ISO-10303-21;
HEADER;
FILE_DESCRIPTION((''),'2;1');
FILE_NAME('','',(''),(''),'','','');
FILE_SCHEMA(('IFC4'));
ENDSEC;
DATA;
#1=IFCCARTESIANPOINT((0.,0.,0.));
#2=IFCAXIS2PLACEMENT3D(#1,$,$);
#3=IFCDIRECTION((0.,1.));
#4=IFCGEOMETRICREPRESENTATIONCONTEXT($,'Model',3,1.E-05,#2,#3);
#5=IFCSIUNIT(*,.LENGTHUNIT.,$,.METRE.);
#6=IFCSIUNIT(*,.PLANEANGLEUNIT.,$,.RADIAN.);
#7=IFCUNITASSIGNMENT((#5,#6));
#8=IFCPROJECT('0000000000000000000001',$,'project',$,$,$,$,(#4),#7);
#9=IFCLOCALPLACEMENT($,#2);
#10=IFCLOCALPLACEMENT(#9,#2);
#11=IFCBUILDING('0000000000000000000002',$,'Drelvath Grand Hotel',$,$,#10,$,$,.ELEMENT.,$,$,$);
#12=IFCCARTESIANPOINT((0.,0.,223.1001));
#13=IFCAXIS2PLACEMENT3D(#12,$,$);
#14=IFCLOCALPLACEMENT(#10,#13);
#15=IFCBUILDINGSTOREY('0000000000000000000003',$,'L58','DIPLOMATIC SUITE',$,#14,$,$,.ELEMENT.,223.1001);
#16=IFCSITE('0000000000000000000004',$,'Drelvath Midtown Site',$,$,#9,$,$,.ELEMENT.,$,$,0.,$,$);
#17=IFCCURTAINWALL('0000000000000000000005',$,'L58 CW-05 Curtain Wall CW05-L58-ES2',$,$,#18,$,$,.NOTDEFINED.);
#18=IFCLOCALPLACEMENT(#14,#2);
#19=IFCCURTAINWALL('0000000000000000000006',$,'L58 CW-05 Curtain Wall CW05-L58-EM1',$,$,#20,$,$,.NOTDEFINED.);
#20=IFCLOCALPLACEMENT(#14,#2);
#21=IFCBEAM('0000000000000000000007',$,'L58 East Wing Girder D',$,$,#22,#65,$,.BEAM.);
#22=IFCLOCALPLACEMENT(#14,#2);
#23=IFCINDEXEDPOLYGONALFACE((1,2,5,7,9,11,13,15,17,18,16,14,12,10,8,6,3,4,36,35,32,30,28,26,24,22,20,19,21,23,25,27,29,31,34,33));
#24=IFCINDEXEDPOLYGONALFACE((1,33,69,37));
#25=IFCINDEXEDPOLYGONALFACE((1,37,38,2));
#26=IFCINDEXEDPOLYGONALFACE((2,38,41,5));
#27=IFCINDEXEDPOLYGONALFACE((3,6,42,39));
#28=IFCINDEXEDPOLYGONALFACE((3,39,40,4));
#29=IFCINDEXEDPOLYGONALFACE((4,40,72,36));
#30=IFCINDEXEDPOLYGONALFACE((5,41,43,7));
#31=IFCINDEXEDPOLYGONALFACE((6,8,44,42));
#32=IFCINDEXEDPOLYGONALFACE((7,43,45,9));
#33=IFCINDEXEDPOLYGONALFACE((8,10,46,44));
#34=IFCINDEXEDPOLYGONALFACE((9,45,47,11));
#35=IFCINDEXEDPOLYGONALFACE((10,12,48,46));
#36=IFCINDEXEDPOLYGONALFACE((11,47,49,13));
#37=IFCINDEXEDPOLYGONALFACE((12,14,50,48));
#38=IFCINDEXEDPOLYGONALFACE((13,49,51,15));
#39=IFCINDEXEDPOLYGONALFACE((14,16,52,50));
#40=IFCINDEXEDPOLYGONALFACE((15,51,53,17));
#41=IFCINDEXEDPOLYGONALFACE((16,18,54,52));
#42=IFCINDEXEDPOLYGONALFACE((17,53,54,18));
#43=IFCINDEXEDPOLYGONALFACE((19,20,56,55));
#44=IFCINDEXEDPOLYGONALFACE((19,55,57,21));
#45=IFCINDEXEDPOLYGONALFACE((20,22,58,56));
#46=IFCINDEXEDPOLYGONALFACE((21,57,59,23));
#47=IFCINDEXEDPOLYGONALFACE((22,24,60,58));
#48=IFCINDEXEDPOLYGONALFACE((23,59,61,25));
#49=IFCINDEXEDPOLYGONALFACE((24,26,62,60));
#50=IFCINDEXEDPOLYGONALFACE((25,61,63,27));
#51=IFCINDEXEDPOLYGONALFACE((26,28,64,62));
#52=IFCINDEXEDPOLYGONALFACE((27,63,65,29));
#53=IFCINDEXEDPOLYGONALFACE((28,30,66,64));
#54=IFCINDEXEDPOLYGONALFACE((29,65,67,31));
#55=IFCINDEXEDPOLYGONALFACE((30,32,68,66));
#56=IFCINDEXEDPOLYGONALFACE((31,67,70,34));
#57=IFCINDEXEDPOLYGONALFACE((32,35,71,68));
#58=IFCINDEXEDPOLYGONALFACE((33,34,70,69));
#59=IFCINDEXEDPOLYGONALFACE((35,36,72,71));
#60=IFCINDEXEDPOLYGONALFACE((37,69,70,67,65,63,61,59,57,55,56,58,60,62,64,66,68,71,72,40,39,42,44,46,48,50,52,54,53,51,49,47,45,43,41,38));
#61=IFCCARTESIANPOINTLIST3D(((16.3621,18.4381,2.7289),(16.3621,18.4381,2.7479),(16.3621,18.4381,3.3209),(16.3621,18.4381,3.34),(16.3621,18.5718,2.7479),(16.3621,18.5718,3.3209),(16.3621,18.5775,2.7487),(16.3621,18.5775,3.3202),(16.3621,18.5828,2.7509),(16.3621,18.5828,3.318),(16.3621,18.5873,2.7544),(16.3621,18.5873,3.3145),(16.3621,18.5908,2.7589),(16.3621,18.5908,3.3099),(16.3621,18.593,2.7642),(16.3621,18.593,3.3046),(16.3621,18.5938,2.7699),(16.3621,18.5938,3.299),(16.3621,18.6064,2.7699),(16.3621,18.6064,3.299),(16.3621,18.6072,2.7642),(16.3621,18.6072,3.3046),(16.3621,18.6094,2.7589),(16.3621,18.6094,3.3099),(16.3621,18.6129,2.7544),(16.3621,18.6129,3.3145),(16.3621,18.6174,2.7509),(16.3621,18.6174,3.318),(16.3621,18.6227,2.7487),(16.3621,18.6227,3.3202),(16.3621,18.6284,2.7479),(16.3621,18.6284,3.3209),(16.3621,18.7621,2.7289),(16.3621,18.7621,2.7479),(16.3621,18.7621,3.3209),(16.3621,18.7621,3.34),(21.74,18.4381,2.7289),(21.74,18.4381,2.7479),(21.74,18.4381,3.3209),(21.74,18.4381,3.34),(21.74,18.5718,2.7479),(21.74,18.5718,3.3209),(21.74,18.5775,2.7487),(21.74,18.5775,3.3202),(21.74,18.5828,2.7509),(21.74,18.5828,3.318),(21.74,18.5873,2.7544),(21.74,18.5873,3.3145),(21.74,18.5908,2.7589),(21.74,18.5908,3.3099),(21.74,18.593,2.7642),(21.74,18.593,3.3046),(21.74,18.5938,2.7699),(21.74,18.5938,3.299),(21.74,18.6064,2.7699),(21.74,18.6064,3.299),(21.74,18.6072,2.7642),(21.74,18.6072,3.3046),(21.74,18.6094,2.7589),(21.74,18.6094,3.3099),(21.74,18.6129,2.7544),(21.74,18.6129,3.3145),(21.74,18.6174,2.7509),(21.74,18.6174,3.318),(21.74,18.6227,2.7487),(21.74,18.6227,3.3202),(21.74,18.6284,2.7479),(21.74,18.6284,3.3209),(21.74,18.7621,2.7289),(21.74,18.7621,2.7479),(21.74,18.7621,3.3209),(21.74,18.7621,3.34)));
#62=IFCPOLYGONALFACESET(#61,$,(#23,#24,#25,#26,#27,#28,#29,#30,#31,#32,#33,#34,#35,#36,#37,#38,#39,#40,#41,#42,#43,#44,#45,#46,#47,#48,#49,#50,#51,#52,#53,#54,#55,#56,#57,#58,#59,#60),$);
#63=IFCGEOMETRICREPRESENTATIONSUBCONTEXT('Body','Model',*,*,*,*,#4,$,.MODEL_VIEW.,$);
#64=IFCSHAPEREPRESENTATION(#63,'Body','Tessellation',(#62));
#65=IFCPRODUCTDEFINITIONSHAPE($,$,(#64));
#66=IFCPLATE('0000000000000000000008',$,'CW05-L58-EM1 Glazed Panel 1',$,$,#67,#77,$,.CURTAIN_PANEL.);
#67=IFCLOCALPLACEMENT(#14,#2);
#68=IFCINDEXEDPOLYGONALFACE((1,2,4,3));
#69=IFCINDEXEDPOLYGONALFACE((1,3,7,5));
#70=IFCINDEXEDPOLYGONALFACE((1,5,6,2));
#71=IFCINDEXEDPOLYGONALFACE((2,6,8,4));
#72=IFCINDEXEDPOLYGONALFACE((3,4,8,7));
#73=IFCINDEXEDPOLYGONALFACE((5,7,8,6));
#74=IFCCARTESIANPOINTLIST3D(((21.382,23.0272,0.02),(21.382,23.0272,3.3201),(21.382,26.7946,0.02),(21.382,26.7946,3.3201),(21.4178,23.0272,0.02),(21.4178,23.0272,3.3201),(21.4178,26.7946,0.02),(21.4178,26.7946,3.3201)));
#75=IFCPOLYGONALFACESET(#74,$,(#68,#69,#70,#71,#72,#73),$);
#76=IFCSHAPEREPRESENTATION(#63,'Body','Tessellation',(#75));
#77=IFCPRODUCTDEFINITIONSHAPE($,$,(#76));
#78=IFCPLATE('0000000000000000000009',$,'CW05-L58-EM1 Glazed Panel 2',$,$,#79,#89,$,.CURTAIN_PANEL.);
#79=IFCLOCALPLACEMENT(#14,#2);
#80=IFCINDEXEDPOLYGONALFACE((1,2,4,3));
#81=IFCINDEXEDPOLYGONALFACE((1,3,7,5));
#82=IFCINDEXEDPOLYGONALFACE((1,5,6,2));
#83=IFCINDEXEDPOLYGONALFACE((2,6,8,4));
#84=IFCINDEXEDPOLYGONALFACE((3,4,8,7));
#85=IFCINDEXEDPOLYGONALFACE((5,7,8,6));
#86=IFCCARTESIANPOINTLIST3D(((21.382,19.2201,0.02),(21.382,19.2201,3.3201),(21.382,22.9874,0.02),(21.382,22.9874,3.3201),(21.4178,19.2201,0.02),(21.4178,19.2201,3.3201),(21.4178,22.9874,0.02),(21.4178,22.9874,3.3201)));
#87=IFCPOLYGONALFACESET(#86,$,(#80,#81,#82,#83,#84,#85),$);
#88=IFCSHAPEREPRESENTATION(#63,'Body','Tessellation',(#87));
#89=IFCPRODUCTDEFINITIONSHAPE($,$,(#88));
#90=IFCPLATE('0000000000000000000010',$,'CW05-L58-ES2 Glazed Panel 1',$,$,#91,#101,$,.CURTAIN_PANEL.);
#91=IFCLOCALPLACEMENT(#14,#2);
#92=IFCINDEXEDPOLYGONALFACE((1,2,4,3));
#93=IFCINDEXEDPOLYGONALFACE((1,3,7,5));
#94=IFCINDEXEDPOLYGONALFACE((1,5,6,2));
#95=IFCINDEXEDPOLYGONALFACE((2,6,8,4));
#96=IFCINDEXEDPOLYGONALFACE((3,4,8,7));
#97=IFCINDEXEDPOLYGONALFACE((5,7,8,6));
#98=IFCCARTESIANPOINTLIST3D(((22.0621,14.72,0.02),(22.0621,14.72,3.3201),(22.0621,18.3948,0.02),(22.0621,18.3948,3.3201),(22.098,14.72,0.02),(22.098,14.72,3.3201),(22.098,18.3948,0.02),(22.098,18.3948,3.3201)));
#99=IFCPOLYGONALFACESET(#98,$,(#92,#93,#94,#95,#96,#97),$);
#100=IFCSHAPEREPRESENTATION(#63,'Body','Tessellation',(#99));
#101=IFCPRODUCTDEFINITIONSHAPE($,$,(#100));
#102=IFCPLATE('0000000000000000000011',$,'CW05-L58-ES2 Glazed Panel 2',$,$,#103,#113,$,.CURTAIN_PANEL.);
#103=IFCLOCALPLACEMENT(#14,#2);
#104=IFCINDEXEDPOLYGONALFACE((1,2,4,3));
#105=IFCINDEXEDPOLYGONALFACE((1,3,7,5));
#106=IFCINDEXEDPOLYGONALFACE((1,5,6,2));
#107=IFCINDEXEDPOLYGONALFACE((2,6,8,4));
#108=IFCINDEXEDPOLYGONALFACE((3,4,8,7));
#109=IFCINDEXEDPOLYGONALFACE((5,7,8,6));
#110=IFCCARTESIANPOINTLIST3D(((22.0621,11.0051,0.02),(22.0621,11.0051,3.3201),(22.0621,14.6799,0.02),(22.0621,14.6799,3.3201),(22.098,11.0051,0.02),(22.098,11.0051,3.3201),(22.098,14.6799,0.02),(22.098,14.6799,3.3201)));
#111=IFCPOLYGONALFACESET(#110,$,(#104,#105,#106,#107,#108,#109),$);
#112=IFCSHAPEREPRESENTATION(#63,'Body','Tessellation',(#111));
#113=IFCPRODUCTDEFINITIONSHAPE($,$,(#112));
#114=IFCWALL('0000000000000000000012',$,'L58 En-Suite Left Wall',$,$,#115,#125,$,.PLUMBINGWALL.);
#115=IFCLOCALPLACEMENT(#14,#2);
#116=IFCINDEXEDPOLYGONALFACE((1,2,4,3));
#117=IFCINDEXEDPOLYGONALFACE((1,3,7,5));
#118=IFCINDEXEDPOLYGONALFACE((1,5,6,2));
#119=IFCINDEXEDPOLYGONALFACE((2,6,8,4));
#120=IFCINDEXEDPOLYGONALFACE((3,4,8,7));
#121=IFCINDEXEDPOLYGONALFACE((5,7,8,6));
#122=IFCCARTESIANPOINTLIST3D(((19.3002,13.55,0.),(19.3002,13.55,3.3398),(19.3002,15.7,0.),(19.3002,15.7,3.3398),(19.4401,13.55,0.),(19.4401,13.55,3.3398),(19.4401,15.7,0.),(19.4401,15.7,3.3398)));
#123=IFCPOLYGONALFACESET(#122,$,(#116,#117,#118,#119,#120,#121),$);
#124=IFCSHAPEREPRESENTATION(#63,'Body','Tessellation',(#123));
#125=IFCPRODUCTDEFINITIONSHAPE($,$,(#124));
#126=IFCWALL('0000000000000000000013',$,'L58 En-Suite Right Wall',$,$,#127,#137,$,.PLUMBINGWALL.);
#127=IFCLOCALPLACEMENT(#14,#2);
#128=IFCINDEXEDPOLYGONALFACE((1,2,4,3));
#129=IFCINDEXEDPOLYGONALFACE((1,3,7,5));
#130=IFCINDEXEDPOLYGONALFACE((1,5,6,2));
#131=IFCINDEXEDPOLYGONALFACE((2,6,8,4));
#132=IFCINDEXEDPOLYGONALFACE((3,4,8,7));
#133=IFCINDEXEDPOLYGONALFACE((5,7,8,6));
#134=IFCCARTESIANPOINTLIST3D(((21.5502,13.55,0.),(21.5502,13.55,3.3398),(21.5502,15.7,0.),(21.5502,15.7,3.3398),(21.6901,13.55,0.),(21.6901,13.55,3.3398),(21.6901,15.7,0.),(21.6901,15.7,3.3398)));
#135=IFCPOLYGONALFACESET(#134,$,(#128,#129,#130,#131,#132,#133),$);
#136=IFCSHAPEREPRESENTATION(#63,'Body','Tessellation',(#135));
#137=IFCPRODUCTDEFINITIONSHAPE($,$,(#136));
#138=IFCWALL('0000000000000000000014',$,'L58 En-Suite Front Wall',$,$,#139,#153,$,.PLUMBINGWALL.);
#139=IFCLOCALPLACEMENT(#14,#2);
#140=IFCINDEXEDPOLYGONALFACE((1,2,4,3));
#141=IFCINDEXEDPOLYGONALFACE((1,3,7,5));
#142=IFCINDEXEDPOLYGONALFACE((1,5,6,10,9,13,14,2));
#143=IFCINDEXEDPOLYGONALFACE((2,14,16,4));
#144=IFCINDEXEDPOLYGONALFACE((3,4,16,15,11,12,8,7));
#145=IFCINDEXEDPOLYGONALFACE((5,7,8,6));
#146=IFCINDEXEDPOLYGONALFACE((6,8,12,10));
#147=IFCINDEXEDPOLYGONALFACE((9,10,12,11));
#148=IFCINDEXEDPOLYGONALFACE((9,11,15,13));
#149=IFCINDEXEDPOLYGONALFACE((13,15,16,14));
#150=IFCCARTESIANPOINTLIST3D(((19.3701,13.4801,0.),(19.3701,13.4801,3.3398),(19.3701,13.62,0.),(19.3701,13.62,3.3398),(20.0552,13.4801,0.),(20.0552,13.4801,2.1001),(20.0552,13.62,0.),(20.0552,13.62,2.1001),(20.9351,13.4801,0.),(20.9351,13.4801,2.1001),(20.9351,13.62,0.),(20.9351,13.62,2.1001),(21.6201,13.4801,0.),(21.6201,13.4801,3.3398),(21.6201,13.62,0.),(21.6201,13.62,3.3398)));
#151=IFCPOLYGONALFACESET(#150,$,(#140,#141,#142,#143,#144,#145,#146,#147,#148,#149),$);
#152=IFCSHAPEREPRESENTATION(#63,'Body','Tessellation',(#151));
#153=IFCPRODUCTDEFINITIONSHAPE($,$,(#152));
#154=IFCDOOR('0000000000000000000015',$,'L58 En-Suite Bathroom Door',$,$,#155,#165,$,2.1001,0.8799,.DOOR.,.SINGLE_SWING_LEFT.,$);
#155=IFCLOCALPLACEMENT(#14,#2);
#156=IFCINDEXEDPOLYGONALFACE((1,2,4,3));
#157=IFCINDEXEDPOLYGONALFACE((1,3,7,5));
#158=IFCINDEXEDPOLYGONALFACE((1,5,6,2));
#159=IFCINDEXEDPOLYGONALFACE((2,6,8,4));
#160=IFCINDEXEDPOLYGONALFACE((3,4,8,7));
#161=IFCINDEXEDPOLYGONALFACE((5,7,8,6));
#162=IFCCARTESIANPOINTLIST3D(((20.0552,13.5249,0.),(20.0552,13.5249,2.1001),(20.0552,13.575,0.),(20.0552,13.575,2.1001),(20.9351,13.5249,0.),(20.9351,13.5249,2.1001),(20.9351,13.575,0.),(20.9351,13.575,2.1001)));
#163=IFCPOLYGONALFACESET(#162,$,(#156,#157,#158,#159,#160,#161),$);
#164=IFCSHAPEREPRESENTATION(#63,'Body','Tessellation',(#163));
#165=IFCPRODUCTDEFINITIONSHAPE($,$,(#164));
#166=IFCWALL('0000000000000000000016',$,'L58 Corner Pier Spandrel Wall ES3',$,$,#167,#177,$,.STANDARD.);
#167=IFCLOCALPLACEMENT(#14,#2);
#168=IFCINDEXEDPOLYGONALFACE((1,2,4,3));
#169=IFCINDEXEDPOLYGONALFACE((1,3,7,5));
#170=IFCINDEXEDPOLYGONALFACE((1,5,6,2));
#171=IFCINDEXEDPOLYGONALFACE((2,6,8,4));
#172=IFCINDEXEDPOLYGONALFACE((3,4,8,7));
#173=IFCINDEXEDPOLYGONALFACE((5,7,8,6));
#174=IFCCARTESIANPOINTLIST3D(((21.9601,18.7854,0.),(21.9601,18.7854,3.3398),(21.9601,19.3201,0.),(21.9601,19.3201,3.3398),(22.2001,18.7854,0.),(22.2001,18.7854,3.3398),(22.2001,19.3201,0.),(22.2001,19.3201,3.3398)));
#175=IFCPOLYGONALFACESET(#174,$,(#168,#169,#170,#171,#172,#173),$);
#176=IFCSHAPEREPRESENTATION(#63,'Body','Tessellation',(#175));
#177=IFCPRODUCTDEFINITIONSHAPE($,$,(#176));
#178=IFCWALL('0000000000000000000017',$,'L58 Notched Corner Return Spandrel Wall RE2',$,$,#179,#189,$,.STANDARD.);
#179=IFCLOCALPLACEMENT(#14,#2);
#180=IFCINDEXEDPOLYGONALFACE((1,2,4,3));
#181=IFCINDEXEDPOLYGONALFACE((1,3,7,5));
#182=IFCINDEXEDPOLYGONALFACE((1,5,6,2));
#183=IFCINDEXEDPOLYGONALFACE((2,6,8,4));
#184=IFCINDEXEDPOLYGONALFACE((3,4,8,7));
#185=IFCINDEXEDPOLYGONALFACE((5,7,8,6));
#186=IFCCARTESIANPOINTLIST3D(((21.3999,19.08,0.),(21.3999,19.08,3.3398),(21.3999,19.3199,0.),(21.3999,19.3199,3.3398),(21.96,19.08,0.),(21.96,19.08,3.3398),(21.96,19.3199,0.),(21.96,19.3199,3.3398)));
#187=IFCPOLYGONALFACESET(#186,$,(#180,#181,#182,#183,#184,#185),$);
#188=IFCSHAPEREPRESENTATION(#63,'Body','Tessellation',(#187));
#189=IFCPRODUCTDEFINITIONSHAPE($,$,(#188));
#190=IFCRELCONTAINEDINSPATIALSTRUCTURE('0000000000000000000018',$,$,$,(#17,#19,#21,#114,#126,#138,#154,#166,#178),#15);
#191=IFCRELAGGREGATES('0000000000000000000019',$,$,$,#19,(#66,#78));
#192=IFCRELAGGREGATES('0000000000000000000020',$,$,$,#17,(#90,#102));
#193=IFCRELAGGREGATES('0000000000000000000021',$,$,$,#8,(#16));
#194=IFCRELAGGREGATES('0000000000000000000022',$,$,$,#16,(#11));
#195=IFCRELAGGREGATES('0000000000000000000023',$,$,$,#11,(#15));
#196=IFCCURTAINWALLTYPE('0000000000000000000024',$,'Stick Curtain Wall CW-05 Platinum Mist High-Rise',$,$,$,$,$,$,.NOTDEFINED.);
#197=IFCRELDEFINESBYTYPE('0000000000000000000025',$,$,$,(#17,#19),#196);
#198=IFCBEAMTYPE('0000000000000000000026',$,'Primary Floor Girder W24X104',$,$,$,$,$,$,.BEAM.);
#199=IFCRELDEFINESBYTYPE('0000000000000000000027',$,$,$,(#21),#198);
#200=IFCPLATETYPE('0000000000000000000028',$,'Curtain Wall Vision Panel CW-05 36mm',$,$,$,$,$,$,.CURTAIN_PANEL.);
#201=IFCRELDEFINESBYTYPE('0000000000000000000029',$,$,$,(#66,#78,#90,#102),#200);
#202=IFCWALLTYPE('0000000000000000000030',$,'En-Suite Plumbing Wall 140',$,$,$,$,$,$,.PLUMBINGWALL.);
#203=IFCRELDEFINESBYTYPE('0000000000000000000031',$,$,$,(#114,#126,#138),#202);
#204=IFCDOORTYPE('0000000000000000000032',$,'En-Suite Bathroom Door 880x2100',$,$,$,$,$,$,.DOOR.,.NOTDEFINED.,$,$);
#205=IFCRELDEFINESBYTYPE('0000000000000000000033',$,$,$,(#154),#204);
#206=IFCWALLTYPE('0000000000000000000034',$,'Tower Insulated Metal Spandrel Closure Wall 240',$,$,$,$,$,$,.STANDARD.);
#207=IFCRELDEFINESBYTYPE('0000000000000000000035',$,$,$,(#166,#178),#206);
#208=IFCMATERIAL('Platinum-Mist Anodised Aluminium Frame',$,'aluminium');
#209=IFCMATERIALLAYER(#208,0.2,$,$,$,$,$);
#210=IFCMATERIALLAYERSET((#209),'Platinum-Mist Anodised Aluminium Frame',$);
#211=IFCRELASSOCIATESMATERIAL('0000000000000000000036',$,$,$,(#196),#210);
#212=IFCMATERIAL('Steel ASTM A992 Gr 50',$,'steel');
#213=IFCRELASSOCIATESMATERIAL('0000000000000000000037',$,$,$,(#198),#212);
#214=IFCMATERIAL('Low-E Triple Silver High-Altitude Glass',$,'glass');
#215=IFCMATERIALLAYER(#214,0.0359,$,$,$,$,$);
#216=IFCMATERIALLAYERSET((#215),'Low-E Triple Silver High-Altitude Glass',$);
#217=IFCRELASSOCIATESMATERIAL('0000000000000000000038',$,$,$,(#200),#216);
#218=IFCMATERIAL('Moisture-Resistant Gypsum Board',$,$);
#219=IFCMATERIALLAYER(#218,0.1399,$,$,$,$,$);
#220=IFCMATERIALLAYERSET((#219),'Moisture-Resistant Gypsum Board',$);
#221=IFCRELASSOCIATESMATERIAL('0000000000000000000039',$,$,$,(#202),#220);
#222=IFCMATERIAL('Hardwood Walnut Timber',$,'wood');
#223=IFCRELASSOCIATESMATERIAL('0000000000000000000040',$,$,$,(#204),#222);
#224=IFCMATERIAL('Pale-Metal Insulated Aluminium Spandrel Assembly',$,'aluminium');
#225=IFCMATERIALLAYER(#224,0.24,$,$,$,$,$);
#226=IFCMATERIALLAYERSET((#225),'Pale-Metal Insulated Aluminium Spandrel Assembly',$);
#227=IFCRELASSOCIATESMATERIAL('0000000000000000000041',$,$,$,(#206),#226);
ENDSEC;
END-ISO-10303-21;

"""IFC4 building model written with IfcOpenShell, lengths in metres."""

from ifc_helpers import new_model, si_unit, direction, frame, frame_2d, origin, origin_2d, place, context, subcontext, project, spatial, rectangle, i_section, extrude, material, layer, layer_set, material_profile, profile_set, type_object, element, fill, aggregate, save


model = new_model("IFC4")

# Units and contexts
model_context = context("Model", 3, precision=1e-05, world=origin(), true_north=direction((0.0, 1.0)))
body_context = subcontext(model_context, "Body", "Model", "MODEL_VIEW")
ifc_project = project(units=[si_unit("LENGTHUNIT", "METRE"), si_unit("PLANEANGLEUNIT", "RADIAN")], contexts=[model_context])

# Site, building, storey
site_placement = place(None, origin())
site = spatial("IfcSite", under=ifc_project, at=site_placement, Name="Drelvath Midtown Site", CompositionType="ELEMENT", RefElevation=0.0)
building_placement = place(site_placement, origin())
building = spatial("IfcBuilding", under=site, at=building_placement, Name="Drelvath Grand Hotel", CompositionType="ELEMENT")
storey_placement = place(building_placement, frame((0.0, 0.0, 223.1001)))
storey = spatial("IfcBuildingStorey", under=building, at=storey_placement, Name="L58", Description="DIPLOMATIC SUITE", CompositionType="ELEMENT", Elevation=223.1001)

# Curtain wall
ifc_material_1 = material(Name="Platinum-Mist Anodised Aluminium Frame", Category="aluminium")
ifc_layer_1 = layer(ifc_material_1, 0.2)
ifc_layer_set_1 = layer_set([ifc_layer_1], Name="Platinum-Mist Anodised Aluminium Frame")
curtain_wall_type = type_object("IfcCurtainWallType", Name="Stick Curtain Wall CW-05 Platinum Mist High-Rise", PredefinedType="NOTDEFINED", material=ifc_layer_set_1)
curtain_wall_1_placement = place(storey_placement, origin())
curtain_wall_1 = element("IfcCurtainWall", 1, at=curtain_wall_1_placement, inside=storey, type_object=curtain_wall_type, Name="L58 CW-05 Curtain Wall CW05-L58-ES2", PredefinedType="NOTDEFINED")

# Curtain wall
curtain_wall_2_placement = place(storey_placement, origin())
curtain_wall_2 = element("IfcCurtainWall", 2, at=curtain_wall_2_placement, inside=storey, type_object=curtain_wall_type, Name="L58 CW-05 Curtain Wall CW05-L58-EM1", PredefinedType="NOTDEFINED")

# Beam
ifc_material_2 = material(Name="Steel ASTM A992 Gr 50", Category="steel")
ifc_material_profile_1 = material_profile(ifc_material_2, i_section(OverallWidth=0.324, OverallDepth=0.6111, WebThickness=0.0127, FlangeThickness=0.019, FilletRadius=0.022, at=origin_2d()), Name="W24X104")
ifc_profile_set_1 = profile_set([ifc_material_profile_1], Name="Steel ASTM A992 Gr 50")
beam_type_1 = type_object("IfcBeamType", Name="Primary Floor Girder W24X104", PredefinedType="BEAM", material=ifc_profile_set_1)
beam_1_placement = place(storey_placement, frame((16.3621, 18.6001, 3.0344), z_axis=(1.0, 0.0, 0.0), x_axis=(0.0, 1.0, 0.0)))
element("IfcBeam", 3, at=beam_1_placement, inside=storey, type_object=beam_type_1, Name="L58 East Wing Girder D", PredefinedType="BEAM", context=body_context, shape_type="SweptSolid", body=[
    extrude(i_section(OverallWidth=0.324, OverallDepth=0.6111, WebThickness=0.0127, FlangeThickness=0.019, FilletRadius=0.022, at=origin_2d()), origin(), (0.0, 0.0, 1.0), 5.3779),
])

# Plates
ifc_material_3 = material(Name="Low-E Triple Silver High-Altitude Glass", Category="glass")
ifc_layer_2 = layer(ifc_material_3, 0.0359)
ifc_layer_set_2 = layer_set([ifc_layer_2], Name="Low-E Triple Silver High-Altitude Glass")
plate_type = type_object("IfcPlateType", Name="Curtain Wall Vision Panel CW-05 36mm", PredefinedType="CURTAIN_PANEL", material=ifc_layer_set_2)
plate_1_placement = place(storey_placement, frame((21.3999, 24.9109, 0.02), z_axis=(0.0, 0.0, 1.0), x_axis=(0.0, -1.0, 0.0)))
plate_1 = element("IfcPlate", 4, at=plate_1_placement, type_object=plate_type, Name="CW05-L58-EM1 Glazed Panel 1", PredefinedType="CURTAIN_PANEL", context=body_context, shape_type="SweptSolid", body=[
    extrude(rectangle(XDim=3.7673, YDim=0.0359, at=origin_2d()), origin(), (0.0, 0.0, 1.0), 3.3),
])
plate_2_placement = place(storey_placement, frame((21.3999, 21.1038, 0.02), z_axis=(0.0, 0.0, 1.0), x_axis=(0.0, -1.0, 0.0)))
plate_2 = element("IfcPlate", 5, at=plate_2_placement, type_object=plate_type, Name="CW05-L58-EM1 Glazed Panel 2", PredefinedType="CURTAIN_PANEL", context=body_context, shape_type="SweptSolid", body=[
    extrude(rectangle(XDim=3.7673, YDim=0.0359, at=origin_2d()), origin(), (0.0, 0.0, 1.0), 3.3),
])
aggregate(curtain_wall_2, [plate_1, plate_2])
plate_3_placement = place(storey_placement, frame((22.0801, 16.5574, 0.02), z_axis=(0.0, 0.0, 1.0), x_axis=(0.0, -1.0, 0.0)))
plate_3 = element("IfcPlate", 6, at=plate_3_placement, type_object=plate_type, Name="CW05-L58-ES2 Glazed Panel 1", PredefinedType="CURTAIN_PANEL", context=body_context, shape_type="SweptSolid", body=[
    extrude(rectangle(XDim=3.6748, YDim=0.0359, at=origin_2d()), origin(), (0.0, 0.0, 1.0), 3.3),
])
plate_4_placement = place(storey_placement, frame((22.0801, 12.8425, 0.02), z_axis=(0.0, 0.0, 1.0), x_axis=(0.0, -1.0, 0.0)))
plate_4 = element("IfcPlate", 7, at=plate_4_placement, type_object=plate_type, Name="CW05-L58-ES2 Glazed Panel 2", PredefinedType="CURTAIN_PANEL", context=body_context, shape_type="SweptSolid", body=[
    extrude(rectangle(XDim=3.6748, YDim=0.0359, at=origin_2d()), origin(), (0.0, 0.0, 1.0), 3.3),
])
aggregate(curtain_wall_1, [plate_3, plate_4])

# Walls
ifc_material_4 = material(Name="Moisture-Resistant Gypsum Board")
ifc_layer_3 = layer(ifc_material_4, 0.1399)
ifc_layer_set_3 = layer_set([ifc_layer_3], Name="Moisture-Resistant Gypsum Board")
wall_type_1 = type_object("IfcWallType", Name="En-Suite Plumbing Wall 140", PredefinedType="PLUMBINGWALL", material=ifc_layer_set_3)
for number, where, z_axis, x_axis, name in (
    (8, (19.3701, 15.7, 0.0), (0.0, 0.0, 1.0), (0.0, -1.0, 0.0), "L58 En-Suite Left Wall"),
    (9, (21.6201, 15.7, 0.0), (0.0, 0.0, 1.0), (0.0, -1.0, 0.0), "L58 En-Suite Right Wall"),
):
    element("IfcWall", number, at=place(storey_placement, frame(where, z_axis=z_axis, x_axis=x_axis)), inside=storey, type_object=wall_type_1, Name=name, PredefinedType="PLUMBINGWALL", context=body_context, shape_type="SweptSolid", body=[
        extrude(rectangle(XDim=2.1499, YDim=0.1399, at=frame_2d((1.075, 0.0))), origin(), (0.0, 0.0, 1.0), 3.3398),
    ])

# Wall, opening, door
wall_1_placement = place(storey_placement, frame((19.3701, 13.55, 0.0), z_axis=(0.0, 0.0, 1.0), x_axis=(1.0, 0.0, 0.0)))
wall_1 = element("IfcWall", 10, at=wall_1_placement, inside=storey, type_object=wall_type_1, Name="L58 En-Suite Front Wall", PredefinedType="PLUMBINGWALL", context=body_context, shape_type="SweptSolid", body=[
    extrude(rectangle(XDim=2.25, YDim=0.1399, at=frame_2d((1.125, 0.0))), origin(), (0.0, 0.0, 1.0), 3.3398),
])
opening_placement = place(wall_1_placement, frame((0.6851, 0.0, 0.0)))
opening = element("IfcOpeningElement", 11, at=opening_placement, cuts=wall_1, PredefinedType="OPENING", context=body_context, shape_type="SweptSolid", body=[
    extrude(rectangle(XDim=0.8799, YDim=2.1001, at=frame_2d((0.4399, 1.05))), frame((0.0, 0.0798, 0.0), z_axis=(0.0, -1.0, 0.0), x_axis=(1.0, 0.0, 0.0)), (0.0, 0.0, 1.0), 0.1599),
])
ifc_material_5 = material(Name="Hardwood Walnut Timber", Category="wood")
door_type = type_object("IfcDoorType", Name="En-Suite Bathroom Door 880x2100", OperationType="NOTDEFINED", PredefinedType="DOOR", material=ifc_material_5)
door_placement = place(opening_placement, origin())
door = element("IfcDoor", 12, at=door_placement, inside=storey, type_object=door_type, Name="L58 En-Suite Bathroom Door", OperationType="SINGLE_SWING_LEFT", OverallHeight=2.1001, OverallWidth=0.8799, PredefinedType="DOOR", context=body_context, shape_type="SweptSolid", body=[
    extrude(rectangle(XDim=0.8799, YDim=2.1001, at=frame_2d((0.4399, 1.05))), frame((0.0, 0.0249, 0.0), z_axis=(0.0, -1.0, 0.0), x_axis=(1.0, 0.0, 0.0)), (0.0, 0.0, 1.0), 0.05),
])
fill(opening, door)

# Walls
ifc_material_6 = material(Name="Pale-Metal Insulated Aluminium Spandrel Assembly", Category="aluminium")
ifc_layer_4 = layer(ifc_material_6, 0.24)
ifc_layer_set_4 = layer_set([ifc_layer_4], Name="Pale-Metal Insulated Aluminium Spandrel Assembly")
wall_type_2 = type_object("IfcWallType", Name="Tower Insulated Metal Spandrel Closure Wall 240", PredefinedType="STANDARD", material=ifc_layer_set_4)
wall_2_placement = place(storey_placement, frame((22.0801, 19.3201, 0.0), z_axis=(0.0, 0.0, 1.0), x_axis=(0.0, -1.0, 0.0)))
element("IfcWall", 13, at=wall_2_placement, inside=storey, type_object=wall_type_2, Name="L58 Corner Pier Spandrel Wall ES3", PredefinedType="STANDARD", context=body_context, shape_type="SweptSolid", body=[
    extrude(rectangle(XDim=0.5347, YDim=0.24, at=frame_2d((0.2673, 0.0))), origin(), (0.0, 0.0, 1.0), 3.3398),
])
wall_3_placement = place(storey_placement, frame((21.3999, 19.2, 0.0), z_axis=(0.0, 0.0, 1.0), x_axis=(1.0, 0.0, 0.0)))
element("IfcWall", 14, at=wall_3_placement, inside=storey, type_object=wall_type_2, Name="L58 Notched Corner Return Spandrel Wall RE2", PredefinedType="STANDARD", context=body_context, shape_type="SweptSolid", body=[
    extrude(rectangle(XDim=0.5601, YDim=0.24, at=frame_2d((0.28, 0.0))), origin(), (0.0, 0.0, 1.0), 3.3398),
])

save(model, "model.ifc")
